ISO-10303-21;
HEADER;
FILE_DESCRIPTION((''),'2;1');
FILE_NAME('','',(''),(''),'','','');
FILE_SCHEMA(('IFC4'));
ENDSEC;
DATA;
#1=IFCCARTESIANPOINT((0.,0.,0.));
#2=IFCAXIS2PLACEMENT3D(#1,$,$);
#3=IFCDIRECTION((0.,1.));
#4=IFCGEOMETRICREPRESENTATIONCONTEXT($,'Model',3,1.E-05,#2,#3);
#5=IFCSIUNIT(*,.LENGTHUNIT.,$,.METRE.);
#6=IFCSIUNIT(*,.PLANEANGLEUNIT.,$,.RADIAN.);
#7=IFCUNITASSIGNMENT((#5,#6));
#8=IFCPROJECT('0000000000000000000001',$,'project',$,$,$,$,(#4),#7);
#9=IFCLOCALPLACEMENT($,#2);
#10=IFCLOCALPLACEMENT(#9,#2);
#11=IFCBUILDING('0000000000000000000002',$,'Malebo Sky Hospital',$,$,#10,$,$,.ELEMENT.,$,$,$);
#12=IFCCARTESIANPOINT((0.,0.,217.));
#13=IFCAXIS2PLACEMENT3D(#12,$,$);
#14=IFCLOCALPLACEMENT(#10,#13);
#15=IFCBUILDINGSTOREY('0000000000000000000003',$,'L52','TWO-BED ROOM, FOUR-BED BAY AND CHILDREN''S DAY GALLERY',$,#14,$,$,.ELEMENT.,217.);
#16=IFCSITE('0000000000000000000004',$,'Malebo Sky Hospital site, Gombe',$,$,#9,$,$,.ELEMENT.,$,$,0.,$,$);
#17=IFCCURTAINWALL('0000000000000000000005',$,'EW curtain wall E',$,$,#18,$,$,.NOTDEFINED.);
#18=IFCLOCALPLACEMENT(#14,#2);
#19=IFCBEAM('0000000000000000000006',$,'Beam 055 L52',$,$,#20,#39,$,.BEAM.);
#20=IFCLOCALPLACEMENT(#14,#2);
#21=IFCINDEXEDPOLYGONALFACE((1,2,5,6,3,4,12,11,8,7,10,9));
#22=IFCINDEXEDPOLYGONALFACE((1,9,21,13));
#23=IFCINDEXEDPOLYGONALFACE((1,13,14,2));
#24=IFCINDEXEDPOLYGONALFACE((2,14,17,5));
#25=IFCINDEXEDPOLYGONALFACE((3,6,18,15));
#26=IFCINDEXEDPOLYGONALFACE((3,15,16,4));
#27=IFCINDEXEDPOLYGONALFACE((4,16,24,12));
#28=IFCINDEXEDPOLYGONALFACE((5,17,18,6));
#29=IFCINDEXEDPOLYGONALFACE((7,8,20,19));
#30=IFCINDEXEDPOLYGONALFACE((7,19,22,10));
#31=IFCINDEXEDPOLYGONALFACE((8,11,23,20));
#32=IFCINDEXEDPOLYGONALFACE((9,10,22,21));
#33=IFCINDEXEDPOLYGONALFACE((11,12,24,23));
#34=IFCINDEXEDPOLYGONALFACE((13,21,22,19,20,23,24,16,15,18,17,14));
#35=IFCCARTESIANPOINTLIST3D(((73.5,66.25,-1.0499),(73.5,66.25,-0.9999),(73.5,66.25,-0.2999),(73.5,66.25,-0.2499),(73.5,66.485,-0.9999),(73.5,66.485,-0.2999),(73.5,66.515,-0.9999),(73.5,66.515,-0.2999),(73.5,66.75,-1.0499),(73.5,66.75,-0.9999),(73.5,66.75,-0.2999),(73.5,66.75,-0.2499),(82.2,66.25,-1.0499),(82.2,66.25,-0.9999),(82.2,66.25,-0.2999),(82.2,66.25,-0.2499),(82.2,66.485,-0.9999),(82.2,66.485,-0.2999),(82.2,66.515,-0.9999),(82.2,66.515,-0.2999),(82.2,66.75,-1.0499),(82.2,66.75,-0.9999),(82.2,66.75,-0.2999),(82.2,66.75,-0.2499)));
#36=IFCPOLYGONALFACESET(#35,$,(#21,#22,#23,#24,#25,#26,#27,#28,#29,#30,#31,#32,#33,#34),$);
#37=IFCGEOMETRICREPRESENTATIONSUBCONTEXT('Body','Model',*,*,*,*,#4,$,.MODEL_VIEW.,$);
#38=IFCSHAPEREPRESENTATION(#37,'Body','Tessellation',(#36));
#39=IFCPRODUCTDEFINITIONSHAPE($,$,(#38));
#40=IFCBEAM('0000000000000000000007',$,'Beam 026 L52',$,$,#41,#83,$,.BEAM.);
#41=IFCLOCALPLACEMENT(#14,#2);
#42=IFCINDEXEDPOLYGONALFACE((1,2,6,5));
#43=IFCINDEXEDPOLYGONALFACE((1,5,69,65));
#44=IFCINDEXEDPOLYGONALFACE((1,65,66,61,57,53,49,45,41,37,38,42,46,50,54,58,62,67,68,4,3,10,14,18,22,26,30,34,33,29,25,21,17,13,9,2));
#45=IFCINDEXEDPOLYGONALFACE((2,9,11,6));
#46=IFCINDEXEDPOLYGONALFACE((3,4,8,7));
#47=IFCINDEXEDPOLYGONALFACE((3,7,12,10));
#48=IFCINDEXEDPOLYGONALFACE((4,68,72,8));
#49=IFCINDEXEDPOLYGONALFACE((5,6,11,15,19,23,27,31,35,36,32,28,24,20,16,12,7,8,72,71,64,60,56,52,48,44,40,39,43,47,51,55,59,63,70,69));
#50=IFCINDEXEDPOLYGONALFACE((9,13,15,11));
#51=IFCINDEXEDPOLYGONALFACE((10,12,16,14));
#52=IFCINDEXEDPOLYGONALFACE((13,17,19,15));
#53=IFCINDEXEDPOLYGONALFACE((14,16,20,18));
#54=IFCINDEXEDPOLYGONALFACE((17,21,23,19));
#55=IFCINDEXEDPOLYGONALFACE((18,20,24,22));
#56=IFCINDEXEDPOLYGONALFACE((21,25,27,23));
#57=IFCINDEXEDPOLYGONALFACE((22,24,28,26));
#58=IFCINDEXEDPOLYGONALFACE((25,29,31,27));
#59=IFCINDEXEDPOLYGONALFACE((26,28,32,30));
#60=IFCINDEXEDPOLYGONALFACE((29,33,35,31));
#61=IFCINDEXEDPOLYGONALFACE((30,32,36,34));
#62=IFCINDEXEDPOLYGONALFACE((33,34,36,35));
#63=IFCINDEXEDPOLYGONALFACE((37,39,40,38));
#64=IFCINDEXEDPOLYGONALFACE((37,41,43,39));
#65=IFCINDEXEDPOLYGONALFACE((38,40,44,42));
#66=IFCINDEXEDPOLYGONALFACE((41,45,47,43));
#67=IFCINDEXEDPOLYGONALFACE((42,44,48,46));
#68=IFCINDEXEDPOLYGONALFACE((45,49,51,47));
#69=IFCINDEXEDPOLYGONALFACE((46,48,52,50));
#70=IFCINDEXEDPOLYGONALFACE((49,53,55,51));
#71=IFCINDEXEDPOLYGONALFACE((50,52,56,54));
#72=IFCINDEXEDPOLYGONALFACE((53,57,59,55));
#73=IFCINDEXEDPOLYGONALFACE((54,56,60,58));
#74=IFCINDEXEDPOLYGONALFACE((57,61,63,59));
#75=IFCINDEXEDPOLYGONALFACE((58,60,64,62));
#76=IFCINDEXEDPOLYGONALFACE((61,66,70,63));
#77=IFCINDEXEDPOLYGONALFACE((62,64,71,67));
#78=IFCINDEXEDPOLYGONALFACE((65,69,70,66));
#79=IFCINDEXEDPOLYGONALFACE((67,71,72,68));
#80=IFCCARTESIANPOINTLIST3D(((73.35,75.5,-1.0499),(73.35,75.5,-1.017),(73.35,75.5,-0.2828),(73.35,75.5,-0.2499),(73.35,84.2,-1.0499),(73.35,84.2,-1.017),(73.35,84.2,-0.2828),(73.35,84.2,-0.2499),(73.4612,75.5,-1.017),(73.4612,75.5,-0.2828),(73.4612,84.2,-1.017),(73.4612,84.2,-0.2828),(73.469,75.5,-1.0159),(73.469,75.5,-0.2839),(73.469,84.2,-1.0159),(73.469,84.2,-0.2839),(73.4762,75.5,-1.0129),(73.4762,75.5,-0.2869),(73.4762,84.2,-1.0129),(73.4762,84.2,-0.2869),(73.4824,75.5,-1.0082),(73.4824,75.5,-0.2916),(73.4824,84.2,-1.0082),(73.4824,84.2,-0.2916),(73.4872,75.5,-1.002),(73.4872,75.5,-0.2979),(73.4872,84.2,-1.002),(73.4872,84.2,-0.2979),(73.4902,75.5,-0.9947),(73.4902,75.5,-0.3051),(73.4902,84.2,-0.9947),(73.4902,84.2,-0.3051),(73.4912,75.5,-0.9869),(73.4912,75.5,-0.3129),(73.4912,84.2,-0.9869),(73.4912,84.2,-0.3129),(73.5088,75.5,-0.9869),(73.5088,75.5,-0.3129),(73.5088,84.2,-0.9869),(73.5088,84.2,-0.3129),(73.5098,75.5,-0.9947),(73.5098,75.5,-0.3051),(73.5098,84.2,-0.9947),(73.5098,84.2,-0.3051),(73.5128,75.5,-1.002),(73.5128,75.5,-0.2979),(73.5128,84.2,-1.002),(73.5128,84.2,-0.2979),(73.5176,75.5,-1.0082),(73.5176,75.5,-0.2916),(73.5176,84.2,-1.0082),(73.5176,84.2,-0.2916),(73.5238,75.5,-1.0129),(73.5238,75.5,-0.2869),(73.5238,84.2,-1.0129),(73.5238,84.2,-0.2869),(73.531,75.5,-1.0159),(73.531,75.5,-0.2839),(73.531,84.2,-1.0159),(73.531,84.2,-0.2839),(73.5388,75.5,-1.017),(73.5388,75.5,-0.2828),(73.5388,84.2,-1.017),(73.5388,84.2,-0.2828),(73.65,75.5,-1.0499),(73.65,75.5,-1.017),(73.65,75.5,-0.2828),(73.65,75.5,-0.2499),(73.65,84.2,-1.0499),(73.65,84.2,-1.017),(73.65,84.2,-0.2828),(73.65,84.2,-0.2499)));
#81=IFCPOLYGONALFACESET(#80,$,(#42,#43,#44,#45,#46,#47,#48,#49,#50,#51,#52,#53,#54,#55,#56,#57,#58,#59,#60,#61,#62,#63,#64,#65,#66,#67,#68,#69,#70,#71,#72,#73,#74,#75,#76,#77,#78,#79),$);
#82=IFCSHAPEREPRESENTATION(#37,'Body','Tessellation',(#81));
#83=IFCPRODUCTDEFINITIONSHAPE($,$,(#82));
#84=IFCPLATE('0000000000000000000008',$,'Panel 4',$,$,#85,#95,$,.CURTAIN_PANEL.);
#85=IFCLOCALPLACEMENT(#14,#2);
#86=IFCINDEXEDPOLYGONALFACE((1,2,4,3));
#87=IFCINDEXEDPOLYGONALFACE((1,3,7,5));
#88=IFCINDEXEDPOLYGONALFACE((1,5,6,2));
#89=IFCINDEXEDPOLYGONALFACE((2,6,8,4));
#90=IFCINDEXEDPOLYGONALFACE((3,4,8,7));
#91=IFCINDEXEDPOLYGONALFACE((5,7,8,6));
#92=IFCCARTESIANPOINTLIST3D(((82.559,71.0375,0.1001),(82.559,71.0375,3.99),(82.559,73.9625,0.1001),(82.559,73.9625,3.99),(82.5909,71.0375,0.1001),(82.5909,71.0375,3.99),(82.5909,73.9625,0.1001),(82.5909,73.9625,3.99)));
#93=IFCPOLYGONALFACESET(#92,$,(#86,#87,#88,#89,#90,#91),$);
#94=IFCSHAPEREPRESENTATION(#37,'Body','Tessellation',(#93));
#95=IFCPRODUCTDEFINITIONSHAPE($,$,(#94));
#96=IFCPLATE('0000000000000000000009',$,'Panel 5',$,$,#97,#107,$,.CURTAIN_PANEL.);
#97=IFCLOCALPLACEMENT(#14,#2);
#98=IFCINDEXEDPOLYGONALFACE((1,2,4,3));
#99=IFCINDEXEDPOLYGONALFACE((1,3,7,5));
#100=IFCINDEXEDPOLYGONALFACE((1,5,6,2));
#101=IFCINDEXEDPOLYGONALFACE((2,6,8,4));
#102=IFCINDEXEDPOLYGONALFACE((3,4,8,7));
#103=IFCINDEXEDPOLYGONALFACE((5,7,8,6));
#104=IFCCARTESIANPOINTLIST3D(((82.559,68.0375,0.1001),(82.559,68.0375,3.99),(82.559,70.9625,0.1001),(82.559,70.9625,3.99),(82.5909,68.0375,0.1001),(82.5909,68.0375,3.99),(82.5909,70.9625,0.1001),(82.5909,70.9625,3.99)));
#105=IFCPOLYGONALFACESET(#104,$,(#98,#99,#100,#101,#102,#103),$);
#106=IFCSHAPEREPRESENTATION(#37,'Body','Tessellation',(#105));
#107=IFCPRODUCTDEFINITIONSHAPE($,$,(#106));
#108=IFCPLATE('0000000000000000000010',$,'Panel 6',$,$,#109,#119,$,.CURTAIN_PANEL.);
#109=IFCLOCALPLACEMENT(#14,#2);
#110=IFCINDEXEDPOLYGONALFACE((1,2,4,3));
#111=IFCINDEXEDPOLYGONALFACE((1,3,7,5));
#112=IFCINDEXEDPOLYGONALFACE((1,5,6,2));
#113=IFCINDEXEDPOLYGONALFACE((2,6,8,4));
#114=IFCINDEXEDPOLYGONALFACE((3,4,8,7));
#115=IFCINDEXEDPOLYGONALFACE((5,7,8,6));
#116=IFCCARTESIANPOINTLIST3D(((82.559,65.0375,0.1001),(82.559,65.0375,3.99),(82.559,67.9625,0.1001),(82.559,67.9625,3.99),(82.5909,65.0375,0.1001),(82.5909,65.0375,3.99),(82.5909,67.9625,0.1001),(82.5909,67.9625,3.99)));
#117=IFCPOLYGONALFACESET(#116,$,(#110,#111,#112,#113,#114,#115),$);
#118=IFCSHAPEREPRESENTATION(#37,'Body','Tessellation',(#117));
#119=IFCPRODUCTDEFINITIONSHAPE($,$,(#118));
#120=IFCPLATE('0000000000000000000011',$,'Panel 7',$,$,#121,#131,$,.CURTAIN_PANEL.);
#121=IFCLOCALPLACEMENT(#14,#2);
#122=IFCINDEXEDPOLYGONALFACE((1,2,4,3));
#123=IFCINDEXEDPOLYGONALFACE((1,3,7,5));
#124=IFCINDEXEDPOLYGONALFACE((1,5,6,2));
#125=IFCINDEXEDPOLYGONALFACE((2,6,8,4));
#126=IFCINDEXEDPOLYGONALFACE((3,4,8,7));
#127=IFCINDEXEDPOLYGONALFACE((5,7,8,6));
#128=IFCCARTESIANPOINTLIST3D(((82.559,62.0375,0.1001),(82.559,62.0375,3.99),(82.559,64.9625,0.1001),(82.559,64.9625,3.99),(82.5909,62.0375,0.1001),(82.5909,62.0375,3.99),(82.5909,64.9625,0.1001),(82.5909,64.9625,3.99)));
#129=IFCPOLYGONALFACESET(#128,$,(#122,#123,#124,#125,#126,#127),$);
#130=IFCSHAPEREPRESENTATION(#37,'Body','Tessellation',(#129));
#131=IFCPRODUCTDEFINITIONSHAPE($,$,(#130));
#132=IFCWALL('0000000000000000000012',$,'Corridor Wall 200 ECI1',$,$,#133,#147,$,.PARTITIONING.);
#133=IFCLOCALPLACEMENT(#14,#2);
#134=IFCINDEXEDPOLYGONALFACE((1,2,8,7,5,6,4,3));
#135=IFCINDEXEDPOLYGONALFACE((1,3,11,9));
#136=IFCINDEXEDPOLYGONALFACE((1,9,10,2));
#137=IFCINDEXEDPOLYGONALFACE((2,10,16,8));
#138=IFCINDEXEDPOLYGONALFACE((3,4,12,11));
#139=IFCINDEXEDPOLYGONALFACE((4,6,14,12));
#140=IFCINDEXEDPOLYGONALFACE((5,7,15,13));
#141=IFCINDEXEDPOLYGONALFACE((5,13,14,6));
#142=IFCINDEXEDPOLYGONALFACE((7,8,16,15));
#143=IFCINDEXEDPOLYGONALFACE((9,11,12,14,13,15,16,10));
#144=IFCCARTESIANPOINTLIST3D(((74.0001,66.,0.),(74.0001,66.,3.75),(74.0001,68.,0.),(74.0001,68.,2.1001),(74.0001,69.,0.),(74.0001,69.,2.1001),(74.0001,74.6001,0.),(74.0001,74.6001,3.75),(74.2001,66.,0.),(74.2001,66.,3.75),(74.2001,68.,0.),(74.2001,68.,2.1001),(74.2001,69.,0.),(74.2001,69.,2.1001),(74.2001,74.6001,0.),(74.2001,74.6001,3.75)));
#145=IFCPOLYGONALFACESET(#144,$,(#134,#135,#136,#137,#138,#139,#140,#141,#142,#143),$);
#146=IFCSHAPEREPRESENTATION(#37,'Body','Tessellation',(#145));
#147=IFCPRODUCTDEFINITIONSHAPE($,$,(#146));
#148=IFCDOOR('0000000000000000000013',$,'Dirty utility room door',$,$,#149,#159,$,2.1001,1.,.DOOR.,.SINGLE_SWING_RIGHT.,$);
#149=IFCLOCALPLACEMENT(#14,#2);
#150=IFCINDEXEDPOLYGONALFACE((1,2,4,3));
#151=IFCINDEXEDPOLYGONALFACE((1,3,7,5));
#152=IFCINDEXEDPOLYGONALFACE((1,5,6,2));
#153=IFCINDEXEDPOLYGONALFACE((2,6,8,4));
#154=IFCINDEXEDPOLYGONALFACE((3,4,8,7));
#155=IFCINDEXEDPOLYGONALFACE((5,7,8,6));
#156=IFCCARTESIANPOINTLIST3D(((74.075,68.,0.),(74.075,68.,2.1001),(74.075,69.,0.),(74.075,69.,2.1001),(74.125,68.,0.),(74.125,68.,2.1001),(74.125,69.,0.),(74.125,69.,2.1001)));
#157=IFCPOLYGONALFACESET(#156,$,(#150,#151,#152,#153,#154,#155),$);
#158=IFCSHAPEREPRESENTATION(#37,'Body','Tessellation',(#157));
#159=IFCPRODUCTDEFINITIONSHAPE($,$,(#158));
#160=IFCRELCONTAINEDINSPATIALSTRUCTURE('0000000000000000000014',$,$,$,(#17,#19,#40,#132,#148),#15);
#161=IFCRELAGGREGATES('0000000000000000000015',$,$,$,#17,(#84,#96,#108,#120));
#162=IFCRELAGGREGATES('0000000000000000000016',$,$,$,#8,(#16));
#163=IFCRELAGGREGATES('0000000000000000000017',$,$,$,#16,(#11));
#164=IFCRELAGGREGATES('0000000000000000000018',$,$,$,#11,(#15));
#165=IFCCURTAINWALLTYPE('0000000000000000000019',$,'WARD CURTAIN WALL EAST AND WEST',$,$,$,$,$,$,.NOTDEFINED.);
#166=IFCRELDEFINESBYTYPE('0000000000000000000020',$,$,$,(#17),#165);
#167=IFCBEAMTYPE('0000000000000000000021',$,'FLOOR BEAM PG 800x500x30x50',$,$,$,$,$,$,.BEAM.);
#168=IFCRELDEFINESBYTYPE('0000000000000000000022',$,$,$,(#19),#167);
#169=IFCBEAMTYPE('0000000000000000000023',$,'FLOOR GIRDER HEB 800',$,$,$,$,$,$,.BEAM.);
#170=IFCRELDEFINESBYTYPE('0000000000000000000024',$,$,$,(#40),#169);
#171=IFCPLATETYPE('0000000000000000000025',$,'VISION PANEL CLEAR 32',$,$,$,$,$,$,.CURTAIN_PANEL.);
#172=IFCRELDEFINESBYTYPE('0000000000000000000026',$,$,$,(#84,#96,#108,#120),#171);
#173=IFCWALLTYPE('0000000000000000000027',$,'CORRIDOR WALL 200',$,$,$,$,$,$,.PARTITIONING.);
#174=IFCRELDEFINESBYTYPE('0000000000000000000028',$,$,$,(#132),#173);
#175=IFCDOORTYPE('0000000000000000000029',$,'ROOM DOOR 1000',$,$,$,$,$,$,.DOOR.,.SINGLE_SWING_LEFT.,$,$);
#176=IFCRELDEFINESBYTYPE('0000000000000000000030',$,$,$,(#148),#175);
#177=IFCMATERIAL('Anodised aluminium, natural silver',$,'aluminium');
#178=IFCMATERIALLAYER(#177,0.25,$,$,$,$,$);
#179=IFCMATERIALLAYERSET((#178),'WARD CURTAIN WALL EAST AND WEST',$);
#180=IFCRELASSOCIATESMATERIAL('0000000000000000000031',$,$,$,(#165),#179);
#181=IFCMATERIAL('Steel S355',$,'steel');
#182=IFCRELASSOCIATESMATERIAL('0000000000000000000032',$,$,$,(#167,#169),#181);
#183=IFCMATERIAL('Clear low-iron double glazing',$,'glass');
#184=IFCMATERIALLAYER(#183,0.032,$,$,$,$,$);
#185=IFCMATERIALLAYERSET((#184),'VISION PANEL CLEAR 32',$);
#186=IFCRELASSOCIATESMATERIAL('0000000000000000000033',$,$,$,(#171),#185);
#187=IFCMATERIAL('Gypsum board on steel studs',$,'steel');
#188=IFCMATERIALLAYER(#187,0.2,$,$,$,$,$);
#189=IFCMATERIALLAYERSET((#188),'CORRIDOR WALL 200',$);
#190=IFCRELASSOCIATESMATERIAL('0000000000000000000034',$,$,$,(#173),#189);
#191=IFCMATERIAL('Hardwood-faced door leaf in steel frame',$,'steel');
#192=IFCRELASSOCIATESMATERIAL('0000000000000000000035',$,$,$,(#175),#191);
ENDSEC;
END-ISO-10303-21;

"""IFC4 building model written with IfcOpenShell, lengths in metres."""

from ifc_helpers import new_model, si_unit, direction, frame, frame_2d, origin, origin_2d, place, context, subcontext, project, spatial, rectangle, i_section, extrude, material, layer, layer_set, material_profile, profile_set, type_object, element, fill, aggregate, save


model = new_model("IFC4")

# Units and contexts
model_context = context("Model", 3, precision=1e-05, world=origin(), true_north=direction((0.0, 1.0)))
body_context = subcontext(model_context, "Body", "Model", "MODEL_VIEW")
ifc_project = project(units=[si_unit("LENGTHUNIT", "METRE"), si_unit("PLANEANGLEUNIT", "RADIAN")], contexts=[model_context])

# Site, building, storey
site_placement = place(None, origin())
site = spatial("IfcSite", under=ifc_project, at=site_placement, Name="Malebo Sky Hospital site, Gombe", CompositionType="ELEMENT", RefElevation=0.0)
building_placement = place(site_placement, origin())
building = spatial("IfcBuilding", under=site, at=building_placement, Name="Malebo Sky Hospital", CompositionType="ELEMENT")
storey_placement = place(building_placement, frame((0.0, 0.0, 217.0)))
storey = spatial("IfcBuildingStorey", under=building, at=storey_placement, Name="L52", Description="TWO-BED ROOM, FOUR-BED BAY AND CHILDREN'S DAY GALLERY", CompositionType="ELEMENT", Elevation=217.0)

# Curtain wall
ifc_material_1 = material(Name="Anodised aluminium, natural silver", Category="aluminium")
ifc_layer_1 = layer(ifc_material_1, 0.25)
ifc_layer_set_1 = layer_set([ifc_layer_1], Name="WARD CURTAIN WALL EAST AND WEST")
curtain_wall_type = type_object("IfcCurtainWallType", Name="WARD CURTAIN WALL EAST AND WEST", PredefinedType="NOTDEFINED", material=ifc_layer_set_1)
curtain_wall_placement = place(storey_placement, origin())
curtain_wall = element("IfcCurtainWall", 1, at=curtain_wall_placement, inside=storey, type_object=curtain_wall_type, Name="EW curtain wall E", PredefinedType="NOTDEFINED")

# Beams
ifc_material_2 = material(Name="Steel S355", Category="steel")
ifc_material_profile_1 = material_profile(ifc_material_2, i_section(OverallWidth=0.5, OverallDepth=0.8, WebThickness=0.03, FlangeThickness=0.05, at=origin_2d()), Name="PG 800x500x30x50")
ifc_profile_set_1 = profile_set([ifc_material_profile_1], Name="Steel S355")
beam_type_1 = type_object("IfcBeamType", Name="FLOOR BEAM PG 800x500x30x50", PredefinedType="BEAM", material=ifc_profile_set_1)
beam_1_placement = place(storey_placement, frame((73.5, 66.5, -0.6499), z_axis=(1.0, 0.0, 0.0), x_axis=(0.0, 1.0, 0.0)))
element("IfcBeam", 2, at=beam_1_placement, inside=storey, type_object=beam_type_1, Name="Beam 055 L52", PredefinedType="BEAM", context=body_context, shape_type="SweptSolid", body=[
    extrude(i_section(OverallWidth=0.5, OverallDepth=0.8, WebThickness=0.03, FlangeThickness=0.05, at=origin_2d()), origin(), (0.0, 0.0, 1.0), 8.7),
])
ifc_material_profile_2 = material_profile(ifc_material_2, i_section(OverallWidth=0.3, OverallDepth=0.8, WebThickness=0.0176, FlangeThickness=0.033, FilletRadius=0.03, at=origin_2d()), Name="HEB 800")
ifc_profile_set_2 = profile_set([ifc_material_profile_2], Name="Steel S355")
beam_type_2 = type_object("IfcBeamType", Name="FLOOR GIRDER HEB 800", PredefinedType="BEAM", material=ifc_profile_set_2)
beam_2_placement = place(storey_placement, frame((73.5, 75.5, -0.6499), z_axis=(0.0, 1.0, 0.0), x_axis=(-1.0, 0.0, 0.0)))
element("IfcBeam", 3, at=beam_2_placement, inside=storey, type_object=beam_type_2, Name="Beam 026 L52", PredefinedType="BEAM", context=body_context, shape_type="SweptSolid", body=[
    extrude(i_section(OverallWidth=0.3, OverallDepth=0.8, WebThickness=0.0176, FlangeThickness=0.033, FilletRadius=0.03, at=origin_2d()), origin(), (0.0, 0.0, 1.0), 8.7),
])

# Plates
ifc_material_3 = material(Name="Clear low-iron double glazing", Category="glass")
ifc_layer_2 = layer(ifc_material_3, 0.032)
ifc_layer_set_2 = layer_set([ifc_layer_2], Name="VISION PANEL CLEAR 32")
plate_type = type_object("IfcPlateType", Name="VISION PANEL CLEAR 32", PredefinedType="CURTAIN_PANEL", material=ifc_layer_set_2)
plate_1_placement = place(storey_placement, frame((82.575, 72.5, 0.1001), z_axis=(0.0, 0.0, 1.0), x_axis=(0.0, -1.0, 0.0)))
plate_1 = element("IfcPlate", 4, at=plate_1_placement, type_object=plate_type, Name="Panel 4", PredefinedType="CURTAIN_PANEL", context=body_context, shape_type="SweptSolid", body=[
    extrude(rectangle(XDim=2.925, YDim=0.032, at=origin_2d()), origin(), (0.0, 0.0, 1.0), 3.8899),
])
plate_2_placement = place(storey_placement, frame((82.575, 69.5, 0.1001), z_axis=(0.0, 0.0, 1.0), x_axis=(0.0, -1.0, 0.0)))
plate_2 = element("IfcPlate", 5, at=plate_2_placement, type_object=plate_type, Name="Panel 5", PredefinedType="CURTAIN_PANEL", context=body_context, shape_type="SweptSolid", body=[
    extrude(rectangle(XDim=2.925, YDim=0.032, at=origin_2d()), origin(), (0.0, 0.0, 1.0), 3.8899),
])
plate_3_placement = place(storey_placement, frame((82.575, 66.5, 0.1001), z_axis=(0.0, 0.0, 1.0), x_axis=(0.0, -1.0, 0.0)))
plate_3 = element("IfcPlate", 6, at=plate_3_placement, type_object=plate_type, Name="Panel 6", PredefinedType="CURTAIN_PANEL", context=body_context, shape_type="SweptSolid", body=[
    extrude(rectangle(XDim=2.925, YDim=0.032, at=origin_2d()), origin(), (0.0, 0.0, 1.0), 3.8899),
])
plate_4_placement = place(storey_placement, frame((82.575, 63.5, 0.1001), z_axis=(0.0, 0.0, 1.0), x_axis=(0.0, -1.0, 0.0)))
plate_4 = element("IfcPlate", 7, at=plate_4_placement, type_object=plate_type, Name="Panel 7", PredefinedType="CURTAIN_PANEL", context=body_context, shape_type="SweptSolid", body=[
    extrude(rectangle(XDim=2.925, YDim=0.032, at=origin_2d()), origin(), (0.0, 0.0, 1.0), 3.8899),
])
aggregate(curtain_wall, [plate_1, plate_2, plate_3, plate_4])

# Wall, opening, door
ifc_material_4 = material(Name="Gypsum board on steel studs", Category="steel")
ifc_layer_3 = layer(ifc_material_4, 0.2)
ifc_layer_set_3 = layer_set([ifc_layer_3], Name="CORRIDOR WALL 200")
wall_type_1 = type_object("IfcWallType", Name="CORRIDOR WALL 200", PredefinedType="PARTITIONING", material=ifc_layer_set_3)
wall_1_placement = place(storey_placement, frame((74.1001, 74.6001, 0.0), z_axis=(0.0, 0.0, 1.0), x_axis=(0.0, -1.0, 0.0)))
wall_1 = element("IfcWall", 8, at=wall_1_placement, inside=storey, type_object=wall_type_1, Name="Corridor Wall 200 ECI1", PredefinedType="PARTITIONING", context=body_context, shape_type="SweptSolid", body=[
    extrude(rectangle(XDim=8.6001, YDim=0.2, at=frame_2d((4.3, 0.0))), origin(), (0.0, 0.0, 1.0), 3.75),
])
opening_1_placement = place(wall_1_placement, frame((5.6001, 0.0, 0.0)))
opening_1 = element("IfcOpeningElement", 9, at=opening_1_placement, cuts=wall_1, PredefinedType="OPENING", context=body_context, shape_type="SweptSolid", body=[
    extrude(rectangle(XDim=1.0, YDim=2.1001, at=frame_2d((0.5, 1.05))), frame((0.0, 0.1099, 0.0), z_axis=(0.0, -1.0, 0.0), x_axis=(1.0, 0.0, 0.0)), (0.0, 0.0, 1.0), 0.22),
])
ifc_material_5 = material(Name="Hardwood-faced door leaf in steel frame", Category="steel")
door_type_1 = type_object("IfcDoorType", Name="ROOM DOOR 1000", OperationType="SINGLE_SWING_LEFT", PredefinedType="DOOR", material=ifc_material_5)
door_1_placement = place(opening_1_placement, origin())
door_1 = element("IfcDoor", 10, at=door_1_placement, inside=storey, type_object=door_type_1, Name="Dirty utility room door", OperationType="SINGLE_SWING_RIGHT", OverallHeight=2.1001, OverallWidth=1.0, PredefinedType="DOOR", context=body_context, shape_type="SweptSolid", body=[
    extrude(rectangle(XDim=1.0, YDim=2.1001, at=frame_2d((0.5, 1.05))), frame((0.0, 0.0249, 0.0), z_axis=(0.0, -1.0, 0.0), x_axis=(1.0, 0.0, 0.0)), (0.0, 0.0, 1.0), 0.05),
])
fill(opening_1, door_1)

save(model, "model.ifc")
